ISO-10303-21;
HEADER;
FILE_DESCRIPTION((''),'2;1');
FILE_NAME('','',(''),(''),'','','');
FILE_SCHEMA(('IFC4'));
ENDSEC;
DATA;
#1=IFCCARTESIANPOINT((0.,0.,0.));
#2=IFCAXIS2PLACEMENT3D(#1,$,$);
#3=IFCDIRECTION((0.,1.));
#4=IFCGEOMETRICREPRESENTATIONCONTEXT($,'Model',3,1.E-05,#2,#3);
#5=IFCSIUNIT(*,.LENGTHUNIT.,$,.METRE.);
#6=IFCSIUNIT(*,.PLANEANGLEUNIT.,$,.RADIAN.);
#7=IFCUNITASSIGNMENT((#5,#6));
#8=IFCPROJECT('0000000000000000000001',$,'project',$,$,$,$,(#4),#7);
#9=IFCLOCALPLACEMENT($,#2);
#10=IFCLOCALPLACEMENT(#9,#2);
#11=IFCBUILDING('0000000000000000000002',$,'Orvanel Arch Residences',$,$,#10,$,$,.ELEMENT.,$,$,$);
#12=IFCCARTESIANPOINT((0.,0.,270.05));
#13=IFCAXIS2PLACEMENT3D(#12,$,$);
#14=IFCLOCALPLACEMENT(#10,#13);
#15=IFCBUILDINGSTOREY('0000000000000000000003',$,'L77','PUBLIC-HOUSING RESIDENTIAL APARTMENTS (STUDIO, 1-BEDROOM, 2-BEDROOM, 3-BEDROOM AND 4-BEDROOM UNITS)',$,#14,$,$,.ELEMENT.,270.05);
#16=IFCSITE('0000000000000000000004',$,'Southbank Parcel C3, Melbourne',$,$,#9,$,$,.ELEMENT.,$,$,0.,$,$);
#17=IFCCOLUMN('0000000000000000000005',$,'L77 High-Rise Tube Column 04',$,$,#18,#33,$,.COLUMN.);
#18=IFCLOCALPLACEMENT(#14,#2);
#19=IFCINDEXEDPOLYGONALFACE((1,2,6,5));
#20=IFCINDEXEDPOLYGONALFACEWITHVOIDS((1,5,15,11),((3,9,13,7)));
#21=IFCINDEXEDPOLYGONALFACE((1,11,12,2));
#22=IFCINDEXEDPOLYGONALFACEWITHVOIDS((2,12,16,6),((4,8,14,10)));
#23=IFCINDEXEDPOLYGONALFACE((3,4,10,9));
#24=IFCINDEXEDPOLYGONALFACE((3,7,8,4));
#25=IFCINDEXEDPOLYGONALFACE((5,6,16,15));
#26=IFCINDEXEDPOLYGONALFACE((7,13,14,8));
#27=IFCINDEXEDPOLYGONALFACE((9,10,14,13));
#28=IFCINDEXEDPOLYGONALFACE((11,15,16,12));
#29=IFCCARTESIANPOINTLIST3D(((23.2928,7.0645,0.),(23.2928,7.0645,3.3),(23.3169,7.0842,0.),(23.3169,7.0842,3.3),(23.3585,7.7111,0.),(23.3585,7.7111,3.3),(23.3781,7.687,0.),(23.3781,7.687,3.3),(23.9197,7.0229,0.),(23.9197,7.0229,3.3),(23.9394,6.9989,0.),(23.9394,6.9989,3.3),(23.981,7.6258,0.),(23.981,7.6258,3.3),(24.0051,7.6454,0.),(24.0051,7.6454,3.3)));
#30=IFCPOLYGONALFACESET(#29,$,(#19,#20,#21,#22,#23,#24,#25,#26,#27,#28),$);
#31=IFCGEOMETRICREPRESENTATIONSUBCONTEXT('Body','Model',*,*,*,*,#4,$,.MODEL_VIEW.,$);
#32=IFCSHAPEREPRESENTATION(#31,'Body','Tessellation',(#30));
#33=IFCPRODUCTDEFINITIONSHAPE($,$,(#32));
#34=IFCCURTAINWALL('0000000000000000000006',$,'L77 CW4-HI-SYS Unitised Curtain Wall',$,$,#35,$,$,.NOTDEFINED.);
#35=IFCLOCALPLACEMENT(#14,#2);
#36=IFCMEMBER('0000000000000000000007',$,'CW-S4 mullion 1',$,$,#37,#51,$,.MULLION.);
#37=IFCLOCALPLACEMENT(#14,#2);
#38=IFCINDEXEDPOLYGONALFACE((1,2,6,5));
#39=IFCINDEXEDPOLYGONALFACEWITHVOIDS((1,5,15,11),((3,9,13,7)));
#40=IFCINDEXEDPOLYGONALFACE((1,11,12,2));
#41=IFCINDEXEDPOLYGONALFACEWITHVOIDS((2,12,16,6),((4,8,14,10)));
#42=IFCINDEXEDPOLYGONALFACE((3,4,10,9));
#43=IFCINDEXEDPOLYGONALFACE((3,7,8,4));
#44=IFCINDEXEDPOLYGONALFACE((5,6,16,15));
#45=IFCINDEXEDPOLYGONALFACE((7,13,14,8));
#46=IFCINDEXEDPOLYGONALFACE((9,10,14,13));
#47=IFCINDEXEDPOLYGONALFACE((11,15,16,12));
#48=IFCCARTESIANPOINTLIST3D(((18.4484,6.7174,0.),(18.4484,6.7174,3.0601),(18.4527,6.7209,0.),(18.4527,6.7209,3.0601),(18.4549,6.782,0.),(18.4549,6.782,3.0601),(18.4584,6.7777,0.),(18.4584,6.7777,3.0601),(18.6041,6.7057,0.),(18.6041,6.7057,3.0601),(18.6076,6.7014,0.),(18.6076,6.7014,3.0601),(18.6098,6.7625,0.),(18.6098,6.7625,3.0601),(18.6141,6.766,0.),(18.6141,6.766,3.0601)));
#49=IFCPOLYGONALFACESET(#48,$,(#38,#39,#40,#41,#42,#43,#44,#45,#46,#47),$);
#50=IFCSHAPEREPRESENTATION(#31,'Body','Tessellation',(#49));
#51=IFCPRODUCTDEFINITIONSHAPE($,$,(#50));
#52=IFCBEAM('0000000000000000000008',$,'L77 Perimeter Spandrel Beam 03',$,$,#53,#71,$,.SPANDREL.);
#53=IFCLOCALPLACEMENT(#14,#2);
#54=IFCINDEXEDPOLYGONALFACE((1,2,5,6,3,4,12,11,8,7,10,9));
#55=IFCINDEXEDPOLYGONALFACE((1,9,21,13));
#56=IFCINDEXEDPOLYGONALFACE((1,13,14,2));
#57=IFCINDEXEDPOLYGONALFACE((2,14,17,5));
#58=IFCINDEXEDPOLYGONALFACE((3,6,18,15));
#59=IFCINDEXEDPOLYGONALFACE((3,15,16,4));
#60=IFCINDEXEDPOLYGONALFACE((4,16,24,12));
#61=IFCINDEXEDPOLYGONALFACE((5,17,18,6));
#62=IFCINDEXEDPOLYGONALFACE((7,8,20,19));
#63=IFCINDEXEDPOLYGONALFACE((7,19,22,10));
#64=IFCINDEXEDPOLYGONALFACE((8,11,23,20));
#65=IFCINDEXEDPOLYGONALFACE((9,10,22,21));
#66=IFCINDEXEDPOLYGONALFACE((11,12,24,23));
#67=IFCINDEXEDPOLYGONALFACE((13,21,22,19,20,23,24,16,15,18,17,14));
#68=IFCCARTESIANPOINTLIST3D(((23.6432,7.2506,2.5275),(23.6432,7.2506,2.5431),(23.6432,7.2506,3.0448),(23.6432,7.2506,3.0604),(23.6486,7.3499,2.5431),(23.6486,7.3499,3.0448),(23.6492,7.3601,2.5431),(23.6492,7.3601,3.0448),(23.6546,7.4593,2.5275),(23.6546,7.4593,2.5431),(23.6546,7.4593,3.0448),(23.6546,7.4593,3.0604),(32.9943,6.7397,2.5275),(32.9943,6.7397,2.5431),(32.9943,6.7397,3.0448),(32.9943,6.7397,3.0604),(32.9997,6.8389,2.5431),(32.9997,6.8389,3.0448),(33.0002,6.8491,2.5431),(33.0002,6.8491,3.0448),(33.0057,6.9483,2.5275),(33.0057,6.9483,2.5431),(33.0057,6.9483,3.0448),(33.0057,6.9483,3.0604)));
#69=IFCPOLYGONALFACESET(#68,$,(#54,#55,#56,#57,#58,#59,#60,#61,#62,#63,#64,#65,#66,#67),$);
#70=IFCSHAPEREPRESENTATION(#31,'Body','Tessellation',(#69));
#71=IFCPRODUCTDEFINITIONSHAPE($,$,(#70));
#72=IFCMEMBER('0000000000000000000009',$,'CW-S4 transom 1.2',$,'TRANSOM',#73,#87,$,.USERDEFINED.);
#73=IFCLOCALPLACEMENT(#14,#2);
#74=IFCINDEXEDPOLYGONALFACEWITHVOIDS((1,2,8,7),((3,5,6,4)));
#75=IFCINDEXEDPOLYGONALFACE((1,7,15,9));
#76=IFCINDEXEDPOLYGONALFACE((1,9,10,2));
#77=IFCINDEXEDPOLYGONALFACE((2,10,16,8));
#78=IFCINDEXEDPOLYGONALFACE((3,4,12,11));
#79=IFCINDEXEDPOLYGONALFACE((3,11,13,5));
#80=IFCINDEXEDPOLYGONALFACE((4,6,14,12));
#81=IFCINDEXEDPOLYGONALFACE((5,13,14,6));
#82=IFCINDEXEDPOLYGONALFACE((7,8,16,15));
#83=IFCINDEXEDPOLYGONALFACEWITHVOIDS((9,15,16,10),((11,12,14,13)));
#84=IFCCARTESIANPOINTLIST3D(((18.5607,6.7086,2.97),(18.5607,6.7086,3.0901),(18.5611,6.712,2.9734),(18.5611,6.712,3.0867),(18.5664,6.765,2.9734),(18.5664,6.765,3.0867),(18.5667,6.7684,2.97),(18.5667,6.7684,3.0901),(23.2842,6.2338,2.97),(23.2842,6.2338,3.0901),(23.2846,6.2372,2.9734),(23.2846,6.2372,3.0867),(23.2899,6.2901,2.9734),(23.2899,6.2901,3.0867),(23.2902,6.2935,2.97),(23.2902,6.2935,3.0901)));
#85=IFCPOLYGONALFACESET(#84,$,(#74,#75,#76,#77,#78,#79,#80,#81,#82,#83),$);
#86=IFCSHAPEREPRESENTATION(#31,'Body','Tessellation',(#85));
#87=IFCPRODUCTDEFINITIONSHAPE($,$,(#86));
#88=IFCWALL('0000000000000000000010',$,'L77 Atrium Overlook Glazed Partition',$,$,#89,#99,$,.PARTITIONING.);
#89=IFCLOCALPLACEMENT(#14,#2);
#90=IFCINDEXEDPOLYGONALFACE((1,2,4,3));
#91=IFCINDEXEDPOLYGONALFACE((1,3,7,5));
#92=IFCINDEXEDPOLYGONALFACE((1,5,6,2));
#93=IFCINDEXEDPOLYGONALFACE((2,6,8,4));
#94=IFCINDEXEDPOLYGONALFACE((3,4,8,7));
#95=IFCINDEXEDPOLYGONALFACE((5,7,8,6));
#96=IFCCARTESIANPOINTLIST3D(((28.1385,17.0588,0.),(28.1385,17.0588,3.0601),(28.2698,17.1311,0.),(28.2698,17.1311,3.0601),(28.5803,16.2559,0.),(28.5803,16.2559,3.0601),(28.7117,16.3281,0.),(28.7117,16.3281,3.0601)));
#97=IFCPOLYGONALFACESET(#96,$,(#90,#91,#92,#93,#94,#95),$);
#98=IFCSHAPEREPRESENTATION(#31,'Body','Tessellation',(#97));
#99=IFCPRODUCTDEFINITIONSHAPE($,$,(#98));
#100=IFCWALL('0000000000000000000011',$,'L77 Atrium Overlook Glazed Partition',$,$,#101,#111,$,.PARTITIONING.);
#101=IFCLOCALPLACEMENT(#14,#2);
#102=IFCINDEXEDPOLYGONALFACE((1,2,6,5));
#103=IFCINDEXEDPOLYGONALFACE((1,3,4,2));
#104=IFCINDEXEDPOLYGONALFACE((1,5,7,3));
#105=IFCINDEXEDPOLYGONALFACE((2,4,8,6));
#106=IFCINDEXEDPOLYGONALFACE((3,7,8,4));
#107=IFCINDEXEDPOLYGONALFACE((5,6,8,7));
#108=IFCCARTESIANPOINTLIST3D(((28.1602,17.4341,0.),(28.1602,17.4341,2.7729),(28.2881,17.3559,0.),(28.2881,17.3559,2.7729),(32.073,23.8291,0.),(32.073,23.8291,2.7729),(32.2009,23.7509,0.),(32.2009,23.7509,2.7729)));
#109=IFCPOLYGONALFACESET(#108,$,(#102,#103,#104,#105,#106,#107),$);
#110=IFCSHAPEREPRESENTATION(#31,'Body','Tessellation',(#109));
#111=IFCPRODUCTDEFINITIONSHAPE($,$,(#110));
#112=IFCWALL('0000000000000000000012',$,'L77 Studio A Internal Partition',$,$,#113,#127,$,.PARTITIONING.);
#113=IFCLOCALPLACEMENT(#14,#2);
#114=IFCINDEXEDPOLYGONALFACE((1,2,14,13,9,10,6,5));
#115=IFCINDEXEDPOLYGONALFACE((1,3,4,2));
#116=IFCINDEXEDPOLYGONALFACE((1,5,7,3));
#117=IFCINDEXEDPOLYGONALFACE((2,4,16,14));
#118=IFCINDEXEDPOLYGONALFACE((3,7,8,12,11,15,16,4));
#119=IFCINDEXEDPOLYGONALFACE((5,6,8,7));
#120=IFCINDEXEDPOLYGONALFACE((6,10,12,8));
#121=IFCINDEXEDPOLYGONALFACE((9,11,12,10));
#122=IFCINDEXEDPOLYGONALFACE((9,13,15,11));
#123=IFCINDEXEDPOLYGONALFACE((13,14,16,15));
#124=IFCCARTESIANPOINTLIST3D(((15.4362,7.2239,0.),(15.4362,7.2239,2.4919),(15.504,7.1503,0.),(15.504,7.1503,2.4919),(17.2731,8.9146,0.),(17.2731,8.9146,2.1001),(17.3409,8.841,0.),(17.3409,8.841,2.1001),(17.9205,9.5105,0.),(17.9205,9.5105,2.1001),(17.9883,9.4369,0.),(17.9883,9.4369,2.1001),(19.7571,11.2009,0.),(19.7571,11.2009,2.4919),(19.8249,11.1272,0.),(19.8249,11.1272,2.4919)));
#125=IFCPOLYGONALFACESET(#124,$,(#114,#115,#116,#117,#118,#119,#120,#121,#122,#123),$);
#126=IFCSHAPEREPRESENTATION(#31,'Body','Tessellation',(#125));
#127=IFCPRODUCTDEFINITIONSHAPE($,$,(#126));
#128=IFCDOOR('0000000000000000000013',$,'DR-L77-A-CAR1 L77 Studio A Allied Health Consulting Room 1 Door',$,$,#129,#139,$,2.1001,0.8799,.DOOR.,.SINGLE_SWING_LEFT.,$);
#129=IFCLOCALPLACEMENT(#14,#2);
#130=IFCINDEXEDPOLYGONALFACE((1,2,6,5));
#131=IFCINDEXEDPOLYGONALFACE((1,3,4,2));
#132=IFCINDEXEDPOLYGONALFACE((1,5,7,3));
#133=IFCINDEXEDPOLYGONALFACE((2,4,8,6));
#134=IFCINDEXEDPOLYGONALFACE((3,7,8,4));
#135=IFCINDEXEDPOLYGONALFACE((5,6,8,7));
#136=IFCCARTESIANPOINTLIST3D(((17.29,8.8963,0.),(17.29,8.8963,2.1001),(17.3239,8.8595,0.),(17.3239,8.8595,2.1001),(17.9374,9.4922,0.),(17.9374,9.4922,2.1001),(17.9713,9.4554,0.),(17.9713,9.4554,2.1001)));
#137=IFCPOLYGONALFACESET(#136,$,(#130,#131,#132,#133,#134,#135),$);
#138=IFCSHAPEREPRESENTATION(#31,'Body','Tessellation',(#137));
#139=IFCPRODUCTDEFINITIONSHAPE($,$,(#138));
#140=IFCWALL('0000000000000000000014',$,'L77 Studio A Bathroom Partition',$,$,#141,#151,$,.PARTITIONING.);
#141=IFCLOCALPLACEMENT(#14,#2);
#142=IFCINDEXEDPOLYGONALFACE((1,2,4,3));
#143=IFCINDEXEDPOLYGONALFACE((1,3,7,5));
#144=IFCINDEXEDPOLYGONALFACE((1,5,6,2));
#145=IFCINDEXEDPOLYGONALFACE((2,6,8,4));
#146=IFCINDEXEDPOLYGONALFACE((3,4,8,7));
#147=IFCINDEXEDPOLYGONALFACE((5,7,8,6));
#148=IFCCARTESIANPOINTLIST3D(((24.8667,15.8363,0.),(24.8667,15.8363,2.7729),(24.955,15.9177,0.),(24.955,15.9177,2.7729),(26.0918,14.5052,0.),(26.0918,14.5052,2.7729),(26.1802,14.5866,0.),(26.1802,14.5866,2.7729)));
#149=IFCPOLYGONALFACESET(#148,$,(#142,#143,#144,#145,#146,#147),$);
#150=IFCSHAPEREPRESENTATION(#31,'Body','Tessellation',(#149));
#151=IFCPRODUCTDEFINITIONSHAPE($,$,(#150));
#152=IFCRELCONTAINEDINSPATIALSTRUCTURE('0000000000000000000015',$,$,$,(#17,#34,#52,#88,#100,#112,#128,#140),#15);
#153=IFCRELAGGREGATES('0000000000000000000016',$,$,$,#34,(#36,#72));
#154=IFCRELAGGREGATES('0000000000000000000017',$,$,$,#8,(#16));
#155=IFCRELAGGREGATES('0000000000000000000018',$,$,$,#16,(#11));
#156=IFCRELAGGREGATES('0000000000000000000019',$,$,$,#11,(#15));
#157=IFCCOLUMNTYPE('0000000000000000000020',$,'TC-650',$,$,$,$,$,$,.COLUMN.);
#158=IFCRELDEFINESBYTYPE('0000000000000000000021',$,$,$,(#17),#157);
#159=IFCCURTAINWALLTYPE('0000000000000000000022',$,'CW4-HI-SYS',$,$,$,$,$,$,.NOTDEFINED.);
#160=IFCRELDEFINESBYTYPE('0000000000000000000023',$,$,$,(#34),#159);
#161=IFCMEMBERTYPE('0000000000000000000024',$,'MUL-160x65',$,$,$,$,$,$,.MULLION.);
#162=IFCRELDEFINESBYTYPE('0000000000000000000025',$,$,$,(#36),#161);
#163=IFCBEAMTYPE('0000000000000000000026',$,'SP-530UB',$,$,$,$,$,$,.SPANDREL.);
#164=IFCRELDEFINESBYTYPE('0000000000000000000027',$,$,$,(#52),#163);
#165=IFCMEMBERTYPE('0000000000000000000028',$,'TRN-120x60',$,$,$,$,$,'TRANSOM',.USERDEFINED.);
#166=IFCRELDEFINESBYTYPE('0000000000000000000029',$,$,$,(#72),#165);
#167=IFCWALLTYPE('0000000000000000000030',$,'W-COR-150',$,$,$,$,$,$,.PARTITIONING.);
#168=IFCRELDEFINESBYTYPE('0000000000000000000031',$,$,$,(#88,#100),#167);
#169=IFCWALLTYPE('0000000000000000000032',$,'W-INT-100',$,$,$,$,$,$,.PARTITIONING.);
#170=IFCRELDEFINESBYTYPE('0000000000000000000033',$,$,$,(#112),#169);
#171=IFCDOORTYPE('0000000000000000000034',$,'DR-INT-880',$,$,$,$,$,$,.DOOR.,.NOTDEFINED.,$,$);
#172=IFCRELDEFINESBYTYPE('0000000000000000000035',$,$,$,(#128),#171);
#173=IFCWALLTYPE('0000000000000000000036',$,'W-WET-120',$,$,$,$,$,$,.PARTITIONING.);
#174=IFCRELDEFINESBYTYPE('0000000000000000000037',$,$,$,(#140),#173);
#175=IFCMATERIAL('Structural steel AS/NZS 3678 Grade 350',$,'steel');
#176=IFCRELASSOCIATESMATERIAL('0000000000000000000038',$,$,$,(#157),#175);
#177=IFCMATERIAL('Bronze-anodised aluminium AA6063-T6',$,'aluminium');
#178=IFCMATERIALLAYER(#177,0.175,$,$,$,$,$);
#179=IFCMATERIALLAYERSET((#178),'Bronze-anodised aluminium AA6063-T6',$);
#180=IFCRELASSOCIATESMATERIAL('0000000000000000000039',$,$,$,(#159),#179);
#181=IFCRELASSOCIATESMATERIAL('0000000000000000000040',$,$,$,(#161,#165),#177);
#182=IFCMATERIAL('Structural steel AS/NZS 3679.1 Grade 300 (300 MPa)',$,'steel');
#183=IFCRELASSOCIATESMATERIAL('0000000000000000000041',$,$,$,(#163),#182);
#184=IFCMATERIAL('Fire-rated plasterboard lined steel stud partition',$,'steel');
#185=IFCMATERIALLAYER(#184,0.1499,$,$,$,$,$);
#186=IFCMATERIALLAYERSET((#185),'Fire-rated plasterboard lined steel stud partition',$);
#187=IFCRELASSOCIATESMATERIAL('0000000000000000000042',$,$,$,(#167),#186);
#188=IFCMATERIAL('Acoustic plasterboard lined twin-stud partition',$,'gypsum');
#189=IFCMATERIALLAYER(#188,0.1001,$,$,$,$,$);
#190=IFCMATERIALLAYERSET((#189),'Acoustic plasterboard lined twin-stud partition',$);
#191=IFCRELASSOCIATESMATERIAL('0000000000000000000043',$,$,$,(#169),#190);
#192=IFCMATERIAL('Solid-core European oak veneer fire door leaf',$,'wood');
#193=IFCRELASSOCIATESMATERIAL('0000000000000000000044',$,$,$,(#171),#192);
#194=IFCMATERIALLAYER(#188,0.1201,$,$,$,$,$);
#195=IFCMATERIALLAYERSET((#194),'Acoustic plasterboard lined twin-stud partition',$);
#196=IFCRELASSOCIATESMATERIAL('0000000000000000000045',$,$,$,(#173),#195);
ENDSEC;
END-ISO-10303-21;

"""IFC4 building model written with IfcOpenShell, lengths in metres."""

from ifc_helpers import new_model, si_unit, direction, frame, frame_2d, origin, origin_2d, place, context, subcontext, project, spatial, rectangle, hollow_rectangle, i_section, extrude, material, layer, layer_set, material_profile, profile_set, type_object, element, fill, aggregate, save


model = new_model("IFC4")

# Units and contexts
model_context = context("Model", 3, precision=1e-05, world=origin(), true_north=direction((0.0, 1.0)))
body_context = subcontext(model_context, "Body", "Model", "MODEL_VIEW")
ifc_project = project(units=[si_unit("LENGTHUNIT", "METRE"), si_unit("PLANEANGLEUNIT", "RADIAN")], contexts=[model_context])

# Site, building, storey
site_placement = place(None, origin())
site = spatial("IfcSite", under=ifc_project, at=site_placement, Name="Southbank Parcel C3, Melbourne", CompositionType="ELEMENT", RefElevation=0.0)
building_placement = place(site_placement, origin())
building = spatial("IfcBuilding", under=site, at=building_placement, Name="Orvanel Arch Residences", CompositionType="ELEMENT")
storey_placement = place(building_placement, frame((0.0, 0.0, 270.05)))
storey = spatial("IfcBuildingStorey", under=building, at=storey_placement, Name="L77", Description="PUBLIC-HOUSING RESIDENTIAL APARTMENTS (STUDIO, 1-BEDROOM, 2-BEDROOM, 3-BEDROOM AND 4-BEDROOM UNITS)", CompositionType="ELEMENT", Elevation=270.05)

# Column
ifc_material_1 = material(Name="Structural steel AS/NZS 3678 Grade 350", Category="steel")
ifc_material_profile_1 = material_profile(ifc_material_1, hollow_rectangle(XDim=0.6499, YDim=0.6499, WallThickness=0.022, at=origin_2d()), Name="BOX650x650x22")
ifc_profile_set_1 = profile_set([ifc_material_profile_1], Name="Structural steel AS/NZS 3678 Grade 350")
column_type = type_object("IfcColumnType", Name="TC-650", PredefinedType="COLUMN", material=ifc_profile_set_1)
column_placement = place(storey_placement, frame((23.6489, 7.355, 0.0), z_axis=(0.0, 0.0, 1.0), x_axis=(-0.994881, 0.101056, 0.0)))
element("IfcColumn", 1, at=column_placement, inside=storey, type_object=column_type, Name="L77 High-Rise Tube Column 04", PredefinedType="COLUMN", context=body_context, shape_type="SweptSolid", body=[
    extrude(hollow_rectangle(XDim=0.6499, YDim=0.6499, WallThickness=0.022, at=origin_2d()), origin(), (0.0, 0.0, 1.0), 3.3),
])

# Curtain wall, member
ifc_material_2 = material(Name="Bronze-anodised aluminium AA6063-T6", Category="aluminium")
ifc_layer_1 = layer(ifc_material_2, 0.175)
ifc_layer_set_1 = layer_set([ifc_layer_1], Name="Bronze-anodised aluminium AA6063-T6")
curtain_wall_type = type_object("IfcCurtainWallType", Name="CW4-HI-SYS", PredefinedType="NOTDEFINED", material=ifc_layer_set_1)
curtain_wall_placement = place(storey_placement, origin())
curtain_wall = element("IfcCurtainWall", 2, at=curtain_wall_placement, inside=storey, type_object=curtain_wall_type, Name="L77 CW4-HI-SYS Unitised Curtain Wall", PredefinedType="NOTDEFINED")
ifc_material_profile_2 = material_profile(ifc_material_2, hollow_rectangle(XDim=0.0649, YDim=0.1599, WallThickness=0.0039, at=origin_2d()), Name="ALU160x65x4")
ifc_profile_set_2 = profile_set([ifc_material_profile_2], Name="Bronze-anodised aluminium AA6063-T6")
member_type_1 = type_object("IfcMemberType", Name="MUL-160x65", PredefinedType="MULLION", material=ifc_profile_set_2)
member_1_placement = place(storey_placement, frame((18.5312, 6.7417, 0.0), z_axis=(0.0, 0.0, 1.0), x_axis=(0.100004, 0.994987, 0.0)))
member_1 = element("IfcMember", 3, at=member_1_placement, type_object=member_type_1, Name="CW-S4 mullion 1", PredefinedType="MULLION", context=body_context, shape_type="SweptSolid", body=[
    extrude(hollow_rectangle(XDim=0.0649, YDim=0.1599, WallThickness=0.0039, at=origin_2d()), origin(), (0.0, 0.0, 1.0), 3.0601),
])

# Beam
ifc_material_3 = material(Name="Structural steel AS/NZS 3679.1 Grade 300 (300 MPa)", Category="steel")
ifc_material_profile_3 = material_profile(ifc_material_3, i_section(OverallWidth=0.209, OverallDepth=0.533, WebThickness=0.0103, FlangeThickness=0.0156, at=origin_2d()), Name="530UB92.4")
ifc_profile_set_3 = profile_set([ifc_material_profile_3], Name="Structural steel AS/NZS 3679.1 Grade 300 (300 MPa)")
beam_type = type_object("IfcBeamType", Name="SP-530UB", PredefinedType="SPANDREL", material=ifc_profile_set_3)
beam_placement = place(storey_placement, frame((23.6489, 7.355, 2.7939), z_axis=(0.99851, -0.054563, 0.0), x_axis=(0.054563, 0.99851, 0.0)))
element("IfcBeam", 4, at=beam_placement, inside=storey, type_object=beam_type, Name="L77 Perimeter Spandrel Beam 03", PredefinedType="SPANDREL", context=body_context, shape_type="SweptSolid", body=[
    extrude(i_section(OverallWidth=0.209, OverallDepth=0.533, WebThickness=0.0103, FlangeThickness=0.0156, at=origin_2d()), origin(), (0.0, 0.0, 1.0), 9.365),
])

# Member
ifc_material_profile_4 = material_profile(ifc_material_2, hollow_rectangle(XDim=0.0601, YDim=0.1201, WallThickness=0.0034, at=origin_2d()), Name="ALU120x60x3.5")
ifc_profile_set_4 = profile_set([ifc_material_profile_4], Name="Bronze-anodised aluminium AA6063-T6")
member_type_2 = type_object("IfcMemberType", Name="TRN-120x60", ElementType="TRANSOM", PredefinedType="USERDEFINED", material=ifc_profile_set_4)
member_2_placement = place(storey_placement, frame((18.5637, 6.7385, 3.03), z_axis=(0.994985, -0.100028, 0.0), x_axis=(0.100028, 0.994985, 0.0)))
member_2 = element("IfcMember", 5, at=member_2_placement, type_object=member_type_2, Name="CW-S4 transom 1.2", ObjectType="TRANSOM", PredefinedType="USERDEFINED", context=body_context, shape_type="SweptSolid", body=[
    extrude(hollow_rectangle(XDim=0.0601, YDim=0.1201, WallThickness=0.0034, at=origin_2d()), origin(), (0.0, 0.0, 1.0), 4.7473),
])
aggregate(curtain_wall, [member_1, member_2])

# Walls
ifc_material_4 = material(Name="Fire-rated plasterboard lined steel stud partition", Category="steel")
ifc_layer_2 = layer(ifc_material_4, 0.1499)
ifc_layer_set_2 = layer_set([ifc_layer_2], Name="Fire-rated plasterboard lined steel stud partition")
wall_type_1 = type_object("IfcWallType", Name="W-COR-150", PredefinedType="PARTITIONING", material=ifc_layer_set_2)
wall_1_placement = place(storey_placement, frame((28.646, 16.292, 0.0), z_axis=(0.0, 0.0, 1.0), x_axis=(-0.482133, 0.876098, 0.0)))
element("IfcWall", 6, at=wall_1_placement, inside=storey, type_object=wall_type_1, Name="L77 Atrium Overlook Glazed Partition", PredefinedType="PARTITIONING", context=body_context, shape_type="SweptSolid", body=[
    extrude(rectangle(XDim=0.9165, YDim=0.1499, at=frame_2d((0.4583, 0.0))), origin(), (0.0, 0.0, 1.0), 3.0601),
])
wall_2_placement = place(storey_placement, frame((28.2241, 17.395, 0.0), z_axis=(0.0, 0.0, 1.0), x_axis=(0.521914, 0.852998, 0.0)))
element("IfcWall", 7, at=wall_2_placement, inside=storey, type_object=wall_type_1, Name="L77 Atrium Overlook Glazed Partition", PredefinedType="PARTITIONING", context=body_context, shape_type="SweptSolid", body=[
    extrude(rectangle(XDim=7.4971, YDim=0.1499, at=frame_2d((3.7485, 0.0))), origin(), (0.0, 0.0, 1.0), 2.7729),
])

# Wall, opening, door
ifc_material_5 = material(Name="Acoustic plasterboard lined twin-stud partition", Category="gypsum")
ifc_layer_3 = layer(ifc_material_5, 0.1001)
ifc_layer_set_3 = layer_set([ifc_layer_3], Name="Acoustic plasterboard lined twin-stud partition")
wall_type_2 = type_object("IfcWallType", Name="W-INT-100", PredefinedType="PARTITIONING", material=ifc_layer_set_3)
wall_3_placement = place(storey_placement, frame((19.791, 11.1641, 0.0), z_axis=(0.0, 0.0, 1.0), x_axis=(-0.735788, -0.677212, 0.0)))
wall_3 = element("IfcWall", 8, at=wall_3_placement, inside=storey, type_object=wall_type_2, Name="L77 Studio A Internal Partition", PredefinedType="PARTITIONING", context=body_context, shape_type="SweptSolid", body=[
    extrude(rectangle(XDim=5.8726, YDim=0.1001, at=frame_2d((2.9363, 0.0))), origin(), (0.0, 0.0, 1.0), 2.4919),
])
opening_1_placement = place(wall_3_placement, frame((2.4961, 0.0, 0.0)))
opening_1 = element("IfcOpeningElement", 9, at=opening_1_placement, cuts=wall_3, PredefinedType="OPENING", context=body_context, shape_type="SweptSolid", body=[
    extrude(rectangle(XDim=0.8799, YDim=2.1001, at=frame_2d((0.4399, 1.05))), frame((0.0, 0.0601, 0.0), z_axis=(0.0, -1.0, 0.0), x_axis=(1.0, 0.0, 0.0)), (0.0, 0.0, 1.0), 0.1201),
])
ifc_material_6 = material(Name="Solid-core European oak veneer fire door leaf", Category="wood")
door_type_1 = type_object("IfcDoorType", Name="DR-INT-880", OperationType="NOTDEFINED", PredefinedType="DOOR", material=ifc_material_6)
door_1_placement = place(opening_1_placement, origin())
door_1 = element("IfcDoor", 10, at=door_1_placement, inside=storey, type_object=door_type_1, Name="DR-L77-A-CAR1 L77 Studio A Allied Health Consulting Room 1 Door", OperationType="SINGLE_SWING_LEFT", OverallHeight=2.1001, OverallWidth=0.8799, PredefinedType="DOOR", context=body_context, shape_type="SweptSolid", body=[
    extrude(rectangle(XDim=0.8799, YDim=2.1001, at=frame_2d((0.4399, 1.05))), frame((0.0, 0.0249, 0.0), z_axis=(0.0, -1.0, 0.0), x_axis=(1.0, 0.0, 0.0)), (0.0, 0.0, 1.0), 0.05),
])
fill(opening_1, door_1)

# Wall
ifc_layer_4 = layer(ifc_material_5, 0.1201)
ifc_layer_set_4 = layer_set([ifc_layer_4], Name="Acoustic plasterboard lined twin-stud partition")
wall_type_3 = type_object("IfcWallType", Name="W-WET-120", PredefinedType="PARTITIONING", material=ifc_layer_set_4)
wall_4_placement = place(storey_placement, frame((26.136, 14.5459, 0.0), z_axis=(0.0, 0.0, 1.0), x_axis=(-0.677214, 0.735786, 0.0)))
element("IfcWall", 11, at=wall_4_placement, inside=storey, type_object=wall_type_3, Name="L77 Studio A Bathroom Partition", PredefinedType="PARTITIONING", context=body_context, shape_type="SweptSolid", body=[
    extrude(rectangle(XDim=1.8091, YDim=0.1201, at=frame_2d((0.9045, 0.0))), origin(), (0.0, 0.0, 1.0), 2.7729),
])

save(model, "model.ifc")
